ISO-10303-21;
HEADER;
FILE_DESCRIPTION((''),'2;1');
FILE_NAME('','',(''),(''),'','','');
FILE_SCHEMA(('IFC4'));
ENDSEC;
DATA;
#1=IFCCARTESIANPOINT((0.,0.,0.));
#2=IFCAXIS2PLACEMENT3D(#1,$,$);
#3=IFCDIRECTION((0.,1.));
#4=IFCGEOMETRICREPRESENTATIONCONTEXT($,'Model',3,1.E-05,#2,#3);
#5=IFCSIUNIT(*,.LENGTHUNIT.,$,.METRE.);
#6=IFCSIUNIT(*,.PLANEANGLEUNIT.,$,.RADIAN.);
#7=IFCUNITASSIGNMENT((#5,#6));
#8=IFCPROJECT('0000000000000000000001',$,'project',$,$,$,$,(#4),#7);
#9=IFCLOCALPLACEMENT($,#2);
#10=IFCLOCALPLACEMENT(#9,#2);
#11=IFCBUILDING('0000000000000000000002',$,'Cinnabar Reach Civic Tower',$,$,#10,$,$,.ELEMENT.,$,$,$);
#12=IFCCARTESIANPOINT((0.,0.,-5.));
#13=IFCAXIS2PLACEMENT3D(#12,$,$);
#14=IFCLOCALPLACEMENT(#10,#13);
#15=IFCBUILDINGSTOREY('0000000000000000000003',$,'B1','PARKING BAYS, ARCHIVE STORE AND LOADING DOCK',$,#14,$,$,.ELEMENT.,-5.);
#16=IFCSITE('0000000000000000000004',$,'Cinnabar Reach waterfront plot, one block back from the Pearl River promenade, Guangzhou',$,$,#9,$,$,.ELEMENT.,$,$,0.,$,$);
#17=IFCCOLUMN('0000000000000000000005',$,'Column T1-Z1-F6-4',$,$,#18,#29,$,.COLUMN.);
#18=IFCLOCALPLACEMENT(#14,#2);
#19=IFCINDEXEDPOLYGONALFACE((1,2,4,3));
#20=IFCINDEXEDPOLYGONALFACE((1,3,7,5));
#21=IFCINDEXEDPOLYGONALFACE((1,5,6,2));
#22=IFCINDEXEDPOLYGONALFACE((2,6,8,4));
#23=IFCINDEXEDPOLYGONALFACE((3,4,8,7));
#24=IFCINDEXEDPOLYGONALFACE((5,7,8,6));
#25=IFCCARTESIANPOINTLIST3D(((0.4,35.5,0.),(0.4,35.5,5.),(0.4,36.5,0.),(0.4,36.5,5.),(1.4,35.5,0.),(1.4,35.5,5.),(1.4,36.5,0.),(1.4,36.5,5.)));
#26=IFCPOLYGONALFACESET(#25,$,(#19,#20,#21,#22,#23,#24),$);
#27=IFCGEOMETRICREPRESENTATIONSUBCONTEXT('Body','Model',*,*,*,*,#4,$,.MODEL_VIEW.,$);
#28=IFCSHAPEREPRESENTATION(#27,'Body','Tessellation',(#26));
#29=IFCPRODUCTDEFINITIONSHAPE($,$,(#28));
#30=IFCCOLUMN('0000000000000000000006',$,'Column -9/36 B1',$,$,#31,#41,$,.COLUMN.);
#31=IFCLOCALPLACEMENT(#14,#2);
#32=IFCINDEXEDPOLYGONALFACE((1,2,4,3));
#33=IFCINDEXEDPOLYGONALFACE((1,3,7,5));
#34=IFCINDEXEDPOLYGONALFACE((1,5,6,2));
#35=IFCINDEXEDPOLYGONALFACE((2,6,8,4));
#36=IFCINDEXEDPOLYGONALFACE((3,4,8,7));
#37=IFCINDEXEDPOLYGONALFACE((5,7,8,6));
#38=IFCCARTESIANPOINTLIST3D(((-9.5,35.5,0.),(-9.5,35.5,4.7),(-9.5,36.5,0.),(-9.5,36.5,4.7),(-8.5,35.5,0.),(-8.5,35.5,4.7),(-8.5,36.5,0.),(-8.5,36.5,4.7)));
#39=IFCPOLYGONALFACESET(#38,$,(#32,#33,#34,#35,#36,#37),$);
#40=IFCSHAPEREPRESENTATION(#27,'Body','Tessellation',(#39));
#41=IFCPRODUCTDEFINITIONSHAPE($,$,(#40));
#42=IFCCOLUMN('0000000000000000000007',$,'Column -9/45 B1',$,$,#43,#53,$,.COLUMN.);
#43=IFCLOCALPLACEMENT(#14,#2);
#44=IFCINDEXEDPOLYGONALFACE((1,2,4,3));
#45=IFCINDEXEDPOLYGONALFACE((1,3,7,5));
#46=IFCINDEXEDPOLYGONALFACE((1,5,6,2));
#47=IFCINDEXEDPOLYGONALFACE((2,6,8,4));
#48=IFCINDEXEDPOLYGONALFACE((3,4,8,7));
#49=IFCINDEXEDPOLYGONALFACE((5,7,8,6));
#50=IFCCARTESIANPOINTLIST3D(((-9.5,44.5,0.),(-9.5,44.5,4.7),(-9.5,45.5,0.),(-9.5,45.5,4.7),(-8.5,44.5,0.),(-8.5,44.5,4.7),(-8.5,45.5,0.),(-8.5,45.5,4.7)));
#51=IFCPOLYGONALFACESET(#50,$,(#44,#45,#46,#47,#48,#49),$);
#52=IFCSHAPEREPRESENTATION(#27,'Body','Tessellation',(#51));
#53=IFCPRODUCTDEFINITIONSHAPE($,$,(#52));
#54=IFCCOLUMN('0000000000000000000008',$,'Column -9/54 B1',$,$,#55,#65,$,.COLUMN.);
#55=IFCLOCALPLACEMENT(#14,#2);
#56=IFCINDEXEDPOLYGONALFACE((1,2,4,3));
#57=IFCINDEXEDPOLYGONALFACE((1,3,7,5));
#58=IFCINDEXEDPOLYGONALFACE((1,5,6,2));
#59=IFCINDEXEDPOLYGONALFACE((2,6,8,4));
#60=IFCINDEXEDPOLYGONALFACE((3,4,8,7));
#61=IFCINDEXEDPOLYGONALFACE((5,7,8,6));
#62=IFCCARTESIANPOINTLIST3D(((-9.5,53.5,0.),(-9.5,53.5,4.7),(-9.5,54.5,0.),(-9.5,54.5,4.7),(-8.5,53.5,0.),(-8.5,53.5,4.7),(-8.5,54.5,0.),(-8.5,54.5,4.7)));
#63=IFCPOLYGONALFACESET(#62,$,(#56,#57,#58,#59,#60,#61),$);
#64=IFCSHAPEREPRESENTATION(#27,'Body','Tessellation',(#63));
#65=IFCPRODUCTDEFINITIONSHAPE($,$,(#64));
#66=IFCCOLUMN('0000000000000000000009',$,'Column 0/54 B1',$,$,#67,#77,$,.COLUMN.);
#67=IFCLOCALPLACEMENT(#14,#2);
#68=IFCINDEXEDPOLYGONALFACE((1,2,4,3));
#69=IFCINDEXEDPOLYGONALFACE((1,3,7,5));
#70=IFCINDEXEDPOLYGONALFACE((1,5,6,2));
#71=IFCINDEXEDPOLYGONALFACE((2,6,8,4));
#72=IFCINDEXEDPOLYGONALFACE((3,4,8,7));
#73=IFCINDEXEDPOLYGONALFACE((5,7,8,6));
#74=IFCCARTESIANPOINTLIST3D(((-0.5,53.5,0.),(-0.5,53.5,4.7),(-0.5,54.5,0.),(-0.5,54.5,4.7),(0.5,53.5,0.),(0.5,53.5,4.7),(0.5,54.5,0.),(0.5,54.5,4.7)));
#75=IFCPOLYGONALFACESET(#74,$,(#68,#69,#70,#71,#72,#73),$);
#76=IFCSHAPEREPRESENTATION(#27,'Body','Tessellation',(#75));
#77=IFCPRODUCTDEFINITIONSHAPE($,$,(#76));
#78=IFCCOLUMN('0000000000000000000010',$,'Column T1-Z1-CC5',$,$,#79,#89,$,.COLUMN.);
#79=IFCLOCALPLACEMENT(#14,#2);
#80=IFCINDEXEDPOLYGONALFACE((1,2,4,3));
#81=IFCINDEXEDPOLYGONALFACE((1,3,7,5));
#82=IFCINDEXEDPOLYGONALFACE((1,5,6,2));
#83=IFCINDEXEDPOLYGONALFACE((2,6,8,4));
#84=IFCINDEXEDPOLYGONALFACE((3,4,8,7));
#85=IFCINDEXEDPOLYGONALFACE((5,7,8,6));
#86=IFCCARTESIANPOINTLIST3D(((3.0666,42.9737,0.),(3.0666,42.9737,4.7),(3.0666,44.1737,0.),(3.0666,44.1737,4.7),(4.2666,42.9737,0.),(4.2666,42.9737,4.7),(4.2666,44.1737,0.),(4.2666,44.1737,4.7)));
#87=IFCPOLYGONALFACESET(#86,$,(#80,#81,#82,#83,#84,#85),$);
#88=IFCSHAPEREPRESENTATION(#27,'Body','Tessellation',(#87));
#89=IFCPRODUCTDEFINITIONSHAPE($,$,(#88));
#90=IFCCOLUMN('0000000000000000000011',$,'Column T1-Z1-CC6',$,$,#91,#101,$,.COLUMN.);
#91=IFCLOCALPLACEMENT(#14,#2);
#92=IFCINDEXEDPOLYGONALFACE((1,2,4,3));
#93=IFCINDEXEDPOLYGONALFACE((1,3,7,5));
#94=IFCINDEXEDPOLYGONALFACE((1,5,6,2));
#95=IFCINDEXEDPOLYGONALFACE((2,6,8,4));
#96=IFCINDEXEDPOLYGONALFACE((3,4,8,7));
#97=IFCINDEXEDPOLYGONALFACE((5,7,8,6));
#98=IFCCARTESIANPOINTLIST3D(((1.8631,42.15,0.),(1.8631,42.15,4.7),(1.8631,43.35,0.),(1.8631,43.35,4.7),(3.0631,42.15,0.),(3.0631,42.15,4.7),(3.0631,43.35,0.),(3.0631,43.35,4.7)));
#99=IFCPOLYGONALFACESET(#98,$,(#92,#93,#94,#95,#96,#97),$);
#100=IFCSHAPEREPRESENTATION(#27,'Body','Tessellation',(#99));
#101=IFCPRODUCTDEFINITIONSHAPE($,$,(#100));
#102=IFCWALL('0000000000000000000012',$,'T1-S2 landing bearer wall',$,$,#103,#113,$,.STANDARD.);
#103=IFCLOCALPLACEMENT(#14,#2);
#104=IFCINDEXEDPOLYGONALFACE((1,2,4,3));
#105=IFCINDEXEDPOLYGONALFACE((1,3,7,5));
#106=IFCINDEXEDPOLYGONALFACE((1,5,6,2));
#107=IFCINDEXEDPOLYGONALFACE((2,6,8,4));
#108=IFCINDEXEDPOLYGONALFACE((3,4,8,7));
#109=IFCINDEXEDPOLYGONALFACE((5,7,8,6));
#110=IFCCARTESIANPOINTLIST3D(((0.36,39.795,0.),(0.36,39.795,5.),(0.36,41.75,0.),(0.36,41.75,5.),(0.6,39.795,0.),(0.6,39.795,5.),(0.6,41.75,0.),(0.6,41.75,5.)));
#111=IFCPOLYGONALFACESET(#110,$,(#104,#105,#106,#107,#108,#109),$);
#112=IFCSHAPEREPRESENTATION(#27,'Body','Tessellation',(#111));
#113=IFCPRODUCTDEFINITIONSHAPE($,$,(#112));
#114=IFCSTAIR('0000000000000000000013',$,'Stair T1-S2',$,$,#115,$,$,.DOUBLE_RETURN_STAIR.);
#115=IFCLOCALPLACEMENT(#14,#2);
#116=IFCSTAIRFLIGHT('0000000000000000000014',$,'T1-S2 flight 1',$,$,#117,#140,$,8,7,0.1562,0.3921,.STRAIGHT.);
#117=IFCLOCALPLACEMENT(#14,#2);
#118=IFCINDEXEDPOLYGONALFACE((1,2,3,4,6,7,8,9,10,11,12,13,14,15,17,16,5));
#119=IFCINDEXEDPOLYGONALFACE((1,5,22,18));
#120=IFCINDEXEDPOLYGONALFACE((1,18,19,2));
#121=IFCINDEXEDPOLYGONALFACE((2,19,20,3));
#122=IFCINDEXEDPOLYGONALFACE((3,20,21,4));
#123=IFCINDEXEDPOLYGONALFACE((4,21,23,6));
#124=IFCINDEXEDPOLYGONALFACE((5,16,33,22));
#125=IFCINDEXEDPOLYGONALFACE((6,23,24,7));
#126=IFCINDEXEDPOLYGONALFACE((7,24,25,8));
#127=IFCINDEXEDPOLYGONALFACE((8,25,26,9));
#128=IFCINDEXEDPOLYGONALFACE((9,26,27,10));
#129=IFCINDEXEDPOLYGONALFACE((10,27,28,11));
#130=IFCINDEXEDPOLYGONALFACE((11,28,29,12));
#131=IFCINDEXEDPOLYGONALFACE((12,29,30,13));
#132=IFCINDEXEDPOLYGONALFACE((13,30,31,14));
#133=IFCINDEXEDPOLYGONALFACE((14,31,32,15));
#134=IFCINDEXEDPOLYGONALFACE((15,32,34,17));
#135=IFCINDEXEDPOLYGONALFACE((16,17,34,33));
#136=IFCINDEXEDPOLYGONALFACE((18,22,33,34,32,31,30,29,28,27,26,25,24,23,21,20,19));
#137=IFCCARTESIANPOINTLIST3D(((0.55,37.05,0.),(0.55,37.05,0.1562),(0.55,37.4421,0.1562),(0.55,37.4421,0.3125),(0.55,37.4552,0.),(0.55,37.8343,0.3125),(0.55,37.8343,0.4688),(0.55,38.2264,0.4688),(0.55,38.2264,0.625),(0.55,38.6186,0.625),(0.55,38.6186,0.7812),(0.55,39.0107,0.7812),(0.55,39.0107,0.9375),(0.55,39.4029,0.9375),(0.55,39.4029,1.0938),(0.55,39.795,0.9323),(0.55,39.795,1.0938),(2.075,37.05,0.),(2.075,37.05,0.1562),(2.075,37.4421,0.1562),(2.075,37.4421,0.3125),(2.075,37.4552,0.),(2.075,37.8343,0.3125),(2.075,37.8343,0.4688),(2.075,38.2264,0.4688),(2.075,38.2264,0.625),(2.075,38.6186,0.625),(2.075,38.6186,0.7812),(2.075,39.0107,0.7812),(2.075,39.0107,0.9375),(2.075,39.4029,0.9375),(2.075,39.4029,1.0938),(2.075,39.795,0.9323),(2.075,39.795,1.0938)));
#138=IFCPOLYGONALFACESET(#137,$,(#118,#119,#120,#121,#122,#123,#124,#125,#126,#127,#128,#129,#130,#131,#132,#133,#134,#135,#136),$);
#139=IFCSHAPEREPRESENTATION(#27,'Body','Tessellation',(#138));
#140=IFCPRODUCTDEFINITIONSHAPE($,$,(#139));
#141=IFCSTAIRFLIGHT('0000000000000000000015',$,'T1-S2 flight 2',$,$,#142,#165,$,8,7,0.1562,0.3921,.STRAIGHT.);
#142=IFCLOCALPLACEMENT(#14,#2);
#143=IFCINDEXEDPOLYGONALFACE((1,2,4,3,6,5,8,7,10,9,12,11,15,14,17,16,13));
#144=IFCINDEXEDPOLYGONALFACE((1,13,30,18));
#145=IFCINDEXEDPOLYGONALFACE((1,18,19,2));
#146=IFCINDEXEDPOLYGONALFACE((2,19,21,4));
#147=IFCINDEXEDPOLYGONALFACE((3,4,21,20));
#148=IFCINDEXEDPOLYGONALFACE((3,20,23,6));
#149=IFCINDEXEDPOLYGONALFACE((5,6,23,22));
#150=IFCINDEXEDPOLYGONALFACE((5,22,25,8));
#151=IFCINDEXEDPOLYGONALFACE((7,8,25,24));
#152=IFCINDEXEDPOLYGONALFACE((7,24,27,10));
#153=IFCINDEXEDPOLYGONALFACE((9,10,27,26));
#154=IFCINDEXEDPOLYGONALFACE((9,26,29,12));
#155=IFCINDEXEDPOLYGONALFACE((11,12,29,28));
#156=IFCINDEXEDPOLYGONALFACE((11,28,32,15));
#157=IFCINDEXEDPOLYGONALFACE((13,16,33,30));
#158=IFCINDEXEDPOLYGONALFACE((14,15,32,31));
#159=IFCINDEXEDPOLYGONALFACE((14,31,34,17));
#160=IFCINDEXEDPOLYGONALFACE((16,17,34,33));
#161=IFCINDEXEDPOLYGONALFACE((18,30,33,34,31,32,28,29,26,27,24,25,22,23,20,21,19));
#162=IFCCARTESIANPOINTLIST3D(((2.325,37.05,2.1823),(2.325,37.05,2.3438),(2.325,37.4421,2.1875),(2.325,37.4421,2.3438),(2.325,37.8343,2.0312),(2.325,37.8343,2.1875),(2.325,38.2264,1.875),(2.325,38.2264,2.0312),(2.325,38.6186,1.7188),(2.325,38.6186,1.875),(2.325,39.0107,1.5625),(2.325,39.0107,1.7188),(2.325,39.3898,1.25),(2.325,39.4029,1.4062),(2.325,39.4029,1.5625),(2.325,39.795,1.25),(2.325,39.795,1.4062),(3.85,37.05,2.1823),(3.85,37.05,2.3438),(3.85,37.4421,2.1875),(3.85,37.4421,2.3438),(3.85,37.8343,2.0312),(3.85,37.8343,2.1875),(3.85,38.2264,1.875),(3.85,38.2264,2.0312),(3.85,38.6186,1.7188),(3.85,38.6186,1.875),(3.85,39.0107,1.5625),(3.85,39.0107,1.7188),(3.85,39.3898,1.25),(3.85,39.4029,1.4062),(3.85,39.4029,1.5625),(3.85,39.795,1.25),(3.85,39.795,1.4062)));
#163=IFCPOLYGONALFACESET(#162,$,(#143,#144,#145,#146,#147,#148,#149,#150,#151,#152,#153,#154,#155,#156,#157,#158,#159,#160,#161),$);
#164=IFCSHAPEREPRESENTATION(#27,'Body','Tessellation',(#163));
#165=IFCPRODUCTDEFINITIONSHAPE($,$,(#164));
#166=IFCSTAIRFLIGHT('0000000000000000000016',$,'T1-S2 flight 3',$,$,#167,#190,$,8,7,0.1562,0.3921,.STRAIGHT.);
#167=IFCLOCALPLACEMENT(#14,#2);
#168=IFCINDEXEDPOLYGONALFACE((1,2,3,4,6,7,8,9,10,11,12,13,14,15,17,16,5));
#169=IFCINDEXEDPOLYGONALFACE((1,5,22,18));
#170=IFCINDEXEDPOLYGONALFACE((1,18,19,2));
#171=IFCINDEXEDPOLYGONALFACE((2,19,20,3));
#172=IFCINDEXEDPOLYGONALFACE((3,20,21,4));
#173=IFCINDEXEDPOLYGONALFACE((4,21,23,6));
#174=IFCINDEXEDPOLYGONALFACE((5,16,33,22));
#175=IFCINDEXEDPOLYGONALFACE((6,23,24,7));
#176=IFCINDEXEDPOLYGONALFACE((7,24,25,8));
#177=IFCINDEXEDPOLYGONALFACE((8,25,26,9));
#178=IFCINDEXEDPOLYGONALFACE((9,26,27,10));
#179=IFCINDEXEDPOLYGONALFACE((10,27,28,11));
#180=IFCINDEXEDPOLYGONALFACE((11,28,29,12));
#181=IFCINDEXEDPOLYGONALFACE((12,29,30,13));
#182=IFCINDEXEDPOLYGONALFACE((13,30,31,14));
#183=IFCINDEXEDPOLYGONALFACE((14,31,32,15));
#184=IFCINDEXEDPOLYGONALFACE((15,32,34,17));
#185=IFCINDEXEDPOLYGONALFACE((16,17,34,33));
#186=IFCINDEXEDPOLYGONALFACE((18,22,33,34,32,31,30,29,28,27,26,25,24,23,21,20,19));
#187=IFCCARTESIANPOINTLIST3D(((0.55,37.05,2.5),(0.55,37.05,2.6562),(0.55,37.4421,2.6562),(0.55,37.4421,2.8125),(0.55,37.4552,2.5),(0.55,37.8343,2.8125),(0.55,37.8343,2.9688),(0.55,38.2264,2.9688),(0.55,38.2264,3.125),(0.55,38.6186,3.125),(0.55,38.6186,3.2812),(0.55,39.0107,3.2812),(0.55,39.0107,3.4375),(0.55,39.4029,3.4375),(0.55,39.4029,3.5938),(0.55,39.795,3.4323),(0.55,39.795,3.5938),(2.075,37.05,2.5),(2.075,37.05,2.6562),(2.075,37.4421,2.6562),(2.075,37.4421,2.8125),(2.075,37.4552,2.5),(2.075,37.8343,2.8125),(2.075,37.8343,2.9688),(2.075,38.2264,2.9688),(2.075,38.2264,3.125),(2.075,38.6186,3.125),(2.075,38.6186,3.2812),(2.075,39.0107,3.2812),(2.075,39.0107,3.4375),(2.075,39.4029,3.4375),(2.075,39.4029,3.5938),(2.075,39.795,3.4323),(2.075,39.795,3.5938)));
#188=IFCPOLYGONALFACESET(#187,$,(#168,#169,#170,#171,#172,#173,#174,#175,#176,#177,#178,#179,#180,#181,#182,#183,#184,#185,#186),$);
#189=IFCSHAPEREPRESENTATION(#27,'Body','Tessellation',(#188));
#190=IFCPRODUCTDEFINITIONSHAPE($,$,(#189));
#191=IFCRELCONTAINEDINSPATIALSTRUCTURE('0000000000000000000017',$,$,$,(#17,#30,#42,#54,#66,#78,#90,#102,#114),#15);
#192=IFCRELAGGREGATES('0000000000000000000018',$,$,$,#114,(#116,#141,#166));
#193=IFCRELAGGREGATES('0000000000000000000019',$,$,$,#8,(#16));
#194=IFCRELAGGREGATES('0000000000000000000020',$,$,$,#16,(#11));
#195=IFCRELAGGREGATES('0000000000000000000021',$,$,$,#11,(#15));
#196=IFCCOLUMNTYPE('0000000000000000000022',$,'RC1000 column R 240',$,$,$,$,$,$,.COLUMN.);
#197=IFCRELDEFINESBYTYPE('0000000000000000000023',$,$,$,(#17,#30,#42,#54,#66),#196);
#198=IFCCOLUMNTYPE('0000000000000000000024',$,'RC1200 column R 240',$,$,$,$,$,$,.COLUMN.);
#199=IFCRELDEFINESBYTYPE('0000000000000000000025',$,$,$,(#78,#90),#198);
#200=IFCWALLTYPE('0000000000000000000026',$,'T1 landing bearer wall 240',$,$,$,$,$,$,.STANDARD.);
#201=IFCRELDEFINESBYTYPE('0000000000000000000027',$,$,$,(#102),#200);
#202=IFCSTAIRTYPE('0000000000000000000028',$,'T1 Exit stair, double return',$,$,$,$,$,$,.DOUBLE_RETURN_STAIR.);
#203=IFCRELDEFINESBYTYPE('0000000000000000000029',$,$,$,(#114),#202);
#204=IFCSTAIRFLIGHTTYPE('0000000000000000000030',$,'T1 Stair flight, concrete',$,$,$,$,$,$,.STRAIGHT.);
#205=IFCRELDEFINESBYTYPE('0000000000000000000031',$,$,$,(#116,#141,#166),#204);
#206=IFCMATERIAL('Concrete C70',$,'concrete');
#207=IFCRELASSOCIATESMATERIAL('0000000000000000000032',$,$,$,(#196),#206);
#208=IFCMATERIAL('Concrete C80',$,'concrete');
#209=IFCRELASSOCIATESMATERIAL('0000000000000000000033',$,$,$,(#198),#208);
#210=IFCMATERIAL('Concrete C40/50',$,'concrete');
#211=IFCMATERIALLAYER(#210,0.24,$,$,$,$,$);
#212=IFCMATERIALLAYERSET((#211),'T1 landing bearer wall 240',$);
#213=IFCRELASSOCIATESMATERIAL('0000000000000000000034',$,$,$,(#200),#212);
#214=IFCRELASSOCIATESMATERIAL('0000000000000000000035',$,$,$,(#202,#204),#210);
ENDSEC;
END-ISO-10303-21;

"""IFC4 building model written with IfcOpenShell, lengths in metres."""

from ifc_helpers import new_model, si_unit, direction, frame, frame_2d, origin, origin_2d, place, context, subcontext, project, spatial, polyline, rectangle, outline, extrude, material, layer, layer_set, material_profile, profile_set, type_object, element, aggregate, save


model = new_model("IFC4")

# Units and contexts
model_context = context("Model", 3, precision=1e-05, world=origin(), true_north=direction((0.0, 1.0)))
body_context = subcontext(model_context, "Body", "Model", "MODEL_VIEW")
ifc_project = project(units=[si_unit("LENGTHUNIT", "METRE"), si_unit("PLANEANGLEUNIT", "RADIAN")], contexts=[model_context])

# Site, building, storey
site_placement = place(None, origin())
site = spatial("IfcSite", under=ifc_project, at=site_placement, Name="Cinnabar Reach waterfront plot, one block back from the Pearl River promenade, Guangzhou", CompositionType="ELEMENT", RefElevation=0.0)
building_placement = place(site_placement, origin())
building = spatial("IfcBuilding", under=site, at=building_placement, Name="Cinnabar Reach Civic Tower", CompositionType="ELEMENT")
storey_placement = place(building_placement, frame((0.0, 0.0, -5.0)))
storey = spatial("IfcBuildingStorey", under=building, at=storey_placement, Name="B1", Description="PARKING BAYS, ARCHIVE STORE AND LOADING DOCK", CompositionType="ELEMENT", Elevation=-5.0)

# Columns
ifc_material_1 = material(Name="Concrete C70", Category="concrete")
ifc_material_profile_1 = material_profile(ifc_material_1, rectangle(XDim=1.0, YDim=1.0, at=origin_2d()), Name="RC1000")
ifc_profile_set_1 = profile_set([ifc_material_profile_1], Name="Concrete C70")
column_type_1 = type_object("IfcColumnType", Name="RC1000 column R 240", PredefinedType="COLUMN", material=ifc_profile_set_1)
column_placement = place(storey_placement, frame((0.9, 36.0, 0.0), z_axis=(0.0, 0.0, 1.0), x_axis=(1.0, 0.0, 0.0)))
element("IfcColumn", 1, at=column_placement, inside=storey, type_object=column_type_1, Name="Column T1-Z1-F6-4", PredefinedType="COLUMN", context=body_context, shape_type="SweptSolid", body=[
    extrude(rectangle(XDim=1.0, YDim=1.0, at=origin_2d()), origin(), (0.0, 0.0, 1.0), 5.0),
])
for number, where, z_axis, x_axis, name in (
    (2, (-9.0, 36.0, 0.0), (0.0, 0.0, 1.0), (1.0, 0.0, 0.0), "Column -9/36 B1"),
    (3, (-9.0, 45.0, 0.0), (0.0, 0.0, 1.0), (1.0, 0.0, 0.0), "Column -9/45 B1"),
    (4, (-9.0, 54.0, 0.0), (0.0, 0.0, 1.0), (1.0, 0.0, 0.0), "Column -9/54 B1"),
    (5, (0.0, 54.0, 0.0), (0.0, 0.0, 1.0), (1.0, 0.0, 0.0), "Column 0/54 B1"),
):
    element("IfcColumn", number, at=place(storey_placement, frame(where, z_axis=z_axis, x_axis=x_axis)), inside=storey, type_object=column_type_1, Name=name, PredefinedType="COLUMN", context=body_context, shape_type="SweptSolid", body=[
        extrude(rectangle(XDim=1.0, YDim=1.0, at=origin_2d()), origin(), (0.0, 0.0, 1.0), 4.7),
    ])
ifc_material_2 = material(Name="Concrete C80", Category="concrete")
ifc_material_profile_2 = material_profile(ifc_material_2, rectangle(XDim=1.2, YDim=1.2, at=origin_2d()), Name="RC1200")
ifc_profile_set_2 = profile_set([ifc_material_profile_2], Name="Concrete C80")
column_type_2 = type_object("IfcColumnType", Name="RC1200 column R 240", PredefinedType="COLUMN", material=ifc_profile_set_2)
for number, where, z_axis, x_axis, name in (
    (6, (3.6666, 43.5737, 0.0), (0.0, 0.0, 1.0), (1.0, 0.0, 0.0), "Column T1-Z1-CC5"),
    (7, (2.4631, 42.75, 0.0), (0.0, 0.0, 1.0), (1.0, 0.0, 0.0), "Column T1-Z1-CC6"),
):
    element("IfcColumn", number, at=place(storey_placement, frame(where, z_axis=z_axis, x_axis=x_axis)), inside=storey, type_object=column_type_2, Name=name, PredefinedType="COLUMN", context=body_context, shape_type="SweptSolid", body=[
        extrude(rectangle(XDim=1.2, YDim=1.2, at=origin_2d()), origin(), (0.0, 0.0, 1.0), 4.7),
    ])

# Wall
ifc_material_3 = material(Name="Concrete C40/50", Category="concrete")
ifc_layer = layer(ifc_material_3, 0.24)
ifc_layer_set = layer_set([ifc_layer], Name="T1 landing bearer wall 240")
wall_type = type_object("IfcWallType", Name="T1 landing bearer wall 240", PredefinedType="STANDARD", material=ifc_layer_set)
wall_placement = place(storey_placement, frame((0.48, 39.795, 0.0), z_axis=(0.0, 0.0, 1.0), x_axis=(0.0, 1.0, 0.0)))
element("IfcWall", 8, at=wall_placement, inside=storey, type_object=wall_type, Name="T1-S2 landing bearer wall", PredefinedType="STANDARD", context=body_context, shape_type="SweptSolid", body=[
    extrude(rectangle(XDim=1.955, YDim=0.24, at=frame_2d((0.9775, 0.0))), origin(), (0.0, 0.0, 1.0), 5.0),
])

# Stair, stair flights
stair_type = type_object("IfcStairType", Name="T1 Exit stair, double return", PredefinedType="DOUBLE_RETURN_STAIR", material=ifc_material_3)
stair_placement = place(storey_placement, origin())
stair = element("IfcStair", 9, at=stair_placement, inside=storey, type_object=stair_type, Name="Stair T1-S2", PredefinedType="DOUBLE_RETURN_STAIR")
stair_flight_type = type_object("IfcStairFlightType", Name="T1 Stair flight, concrete", PredefinedType="STRAIGHT", material=ifc_material_3)
stair_flight_1_placement = place(storey_placement, frame((1.3125, 37.05, 0.0), z_axis=(0.0, 0.0, 1.0), x_axis=(0.0, 1.0, 0.0)))
stair_flight_1 = element("IfcStairFlight", 10, at=stair_flight_1_placement, type_object=stair_flight_type, Name="T1-S2 flight 1", NumberOfRisers=8, NumberOfTreads=7, PredefinedType="STRAIGHT", RiserHeight=0.1562, TreadLength=0.3921, context=body_context, shape_type="SweptSolid", body=[
    extrude(outline(polyline([(0.0, 0.0), (0.0, 0.1562), (0.3921, 0.1562), (0.3921, 0.3125), (0.7843, 0.3125), (0.7843, 0.4688), (1.1764, 0.4688), (1.1764, 0.625), (1.5686, 0.625), (1.5686, 0.7812), (1.9607, 0.7812), (1.9607, 0.9375), (2.3529, 0.9375), (2.3529, 1.0938), (2.745, 1.0938), (2.745, 1.25), (2.745, 0.9323), (0.4052, 0.0), (0.0, 0.0)])), frame((0.0, 0.7625, 0.0), z_axis=(0.0, -1.0, 0.0), x_axis=(1.0, 0.0, 0.0)), (0.0, 0.0, 1.0), 1.525),
])
stair_flight_2_placement = place(storey_placement, frame((3.0875, 39.795, 1.25), z_axis=(0.0, 0.0, 1.0), x_axis=(0.0, -1.0, 0.0)))
stair_flight_2 = element("IfcStairFlight", 11, at=stair_flight_2_placement, type_object=stair_flight_type, Name="T1-S2 flight 2", NumberOfRisers=8, NumberOfTreads=7, PredefinedType="STRAIGHT", RiserHeight=0.1562, TreadLength=0.3921, context=body_context, shape_type="SweptSolid", body=[
    extrude(outline(polyline([(0.0, 0.0), (0.0, 0.1562), (0.3921, 0.1562), (0.3921, 0.3125), (0.7843, 0.3125), (0.7843, 0.4688), (1.1764, 0.4688), (1.1764, 0.625), (1.5686, 0.625), (1.5686, 0.7812), (1.9607, 0.7812), (1.9607, 0.9375), (2.3529, 0.9375), (2.3529, 1.0938), (2.745, 1.0938), (2.745, 1.25), (2.745, 0.9323), (0.4052, 0.0), (0.0, 0.0)])), frame((0.0, 0.7625, 0.0), z_axis=(0.0, -1.0, 0.0), x_axis=(1.0, 0.0, 0.0)), (0.0, 0.0, 1.0), 1.525),
])
stair_flight_3_placement = place(storey_placement, frame((1.3125, 37.05, 2.5), z_axis=(0.0, 0.0, 1.0), x_axis=(0.0, 1.0, 0.0)))
stair_flight_3 = element("IfcStairFlight", 12, at=stair_flight_3_placement, type_object=stair_flight_type, Name="T1-S2 flight 3", NumberOfRisers=8, NumberOfTreads=7, PredefinedType="STRAIGHT", RiserHeight=0.1562, TreadLength=0.3921, context=body_context, shape_type="SweptSolid", body=[
    extrude(outline(polyline([(0.0, 0.0), (0.0, 0.1562), (0.3921, 0.1562), (0.3921, 0.3125), (0.7843, 0.3125), (0.7843, 0.4688), (1.1764, 0.4688), (1.1764, 0.625), (1.5686, 0.625), (1.5686, 0.7812), (1.9607, 0.7812), (1.9607, 0.9375), (2.3529, 0.9375), (2.3529, 1.0938), (2.745, 1.0938), (2.745, 1.25), (2.745, 0.9323), (0.4052, 0.0), (0.0, 0.0)])), frame((0.0, 0.7625, 0.0), z_axis=(0.0, -1.0, 0.0), x_axis=(1.0, 0.0, 0.0)), (0.0, 0.0, 1.0), 1.525),
])
aggregate(stair, [stair_flight_1, stair_flight_2, stair_flight_3])

save(model, "model.ifc")
